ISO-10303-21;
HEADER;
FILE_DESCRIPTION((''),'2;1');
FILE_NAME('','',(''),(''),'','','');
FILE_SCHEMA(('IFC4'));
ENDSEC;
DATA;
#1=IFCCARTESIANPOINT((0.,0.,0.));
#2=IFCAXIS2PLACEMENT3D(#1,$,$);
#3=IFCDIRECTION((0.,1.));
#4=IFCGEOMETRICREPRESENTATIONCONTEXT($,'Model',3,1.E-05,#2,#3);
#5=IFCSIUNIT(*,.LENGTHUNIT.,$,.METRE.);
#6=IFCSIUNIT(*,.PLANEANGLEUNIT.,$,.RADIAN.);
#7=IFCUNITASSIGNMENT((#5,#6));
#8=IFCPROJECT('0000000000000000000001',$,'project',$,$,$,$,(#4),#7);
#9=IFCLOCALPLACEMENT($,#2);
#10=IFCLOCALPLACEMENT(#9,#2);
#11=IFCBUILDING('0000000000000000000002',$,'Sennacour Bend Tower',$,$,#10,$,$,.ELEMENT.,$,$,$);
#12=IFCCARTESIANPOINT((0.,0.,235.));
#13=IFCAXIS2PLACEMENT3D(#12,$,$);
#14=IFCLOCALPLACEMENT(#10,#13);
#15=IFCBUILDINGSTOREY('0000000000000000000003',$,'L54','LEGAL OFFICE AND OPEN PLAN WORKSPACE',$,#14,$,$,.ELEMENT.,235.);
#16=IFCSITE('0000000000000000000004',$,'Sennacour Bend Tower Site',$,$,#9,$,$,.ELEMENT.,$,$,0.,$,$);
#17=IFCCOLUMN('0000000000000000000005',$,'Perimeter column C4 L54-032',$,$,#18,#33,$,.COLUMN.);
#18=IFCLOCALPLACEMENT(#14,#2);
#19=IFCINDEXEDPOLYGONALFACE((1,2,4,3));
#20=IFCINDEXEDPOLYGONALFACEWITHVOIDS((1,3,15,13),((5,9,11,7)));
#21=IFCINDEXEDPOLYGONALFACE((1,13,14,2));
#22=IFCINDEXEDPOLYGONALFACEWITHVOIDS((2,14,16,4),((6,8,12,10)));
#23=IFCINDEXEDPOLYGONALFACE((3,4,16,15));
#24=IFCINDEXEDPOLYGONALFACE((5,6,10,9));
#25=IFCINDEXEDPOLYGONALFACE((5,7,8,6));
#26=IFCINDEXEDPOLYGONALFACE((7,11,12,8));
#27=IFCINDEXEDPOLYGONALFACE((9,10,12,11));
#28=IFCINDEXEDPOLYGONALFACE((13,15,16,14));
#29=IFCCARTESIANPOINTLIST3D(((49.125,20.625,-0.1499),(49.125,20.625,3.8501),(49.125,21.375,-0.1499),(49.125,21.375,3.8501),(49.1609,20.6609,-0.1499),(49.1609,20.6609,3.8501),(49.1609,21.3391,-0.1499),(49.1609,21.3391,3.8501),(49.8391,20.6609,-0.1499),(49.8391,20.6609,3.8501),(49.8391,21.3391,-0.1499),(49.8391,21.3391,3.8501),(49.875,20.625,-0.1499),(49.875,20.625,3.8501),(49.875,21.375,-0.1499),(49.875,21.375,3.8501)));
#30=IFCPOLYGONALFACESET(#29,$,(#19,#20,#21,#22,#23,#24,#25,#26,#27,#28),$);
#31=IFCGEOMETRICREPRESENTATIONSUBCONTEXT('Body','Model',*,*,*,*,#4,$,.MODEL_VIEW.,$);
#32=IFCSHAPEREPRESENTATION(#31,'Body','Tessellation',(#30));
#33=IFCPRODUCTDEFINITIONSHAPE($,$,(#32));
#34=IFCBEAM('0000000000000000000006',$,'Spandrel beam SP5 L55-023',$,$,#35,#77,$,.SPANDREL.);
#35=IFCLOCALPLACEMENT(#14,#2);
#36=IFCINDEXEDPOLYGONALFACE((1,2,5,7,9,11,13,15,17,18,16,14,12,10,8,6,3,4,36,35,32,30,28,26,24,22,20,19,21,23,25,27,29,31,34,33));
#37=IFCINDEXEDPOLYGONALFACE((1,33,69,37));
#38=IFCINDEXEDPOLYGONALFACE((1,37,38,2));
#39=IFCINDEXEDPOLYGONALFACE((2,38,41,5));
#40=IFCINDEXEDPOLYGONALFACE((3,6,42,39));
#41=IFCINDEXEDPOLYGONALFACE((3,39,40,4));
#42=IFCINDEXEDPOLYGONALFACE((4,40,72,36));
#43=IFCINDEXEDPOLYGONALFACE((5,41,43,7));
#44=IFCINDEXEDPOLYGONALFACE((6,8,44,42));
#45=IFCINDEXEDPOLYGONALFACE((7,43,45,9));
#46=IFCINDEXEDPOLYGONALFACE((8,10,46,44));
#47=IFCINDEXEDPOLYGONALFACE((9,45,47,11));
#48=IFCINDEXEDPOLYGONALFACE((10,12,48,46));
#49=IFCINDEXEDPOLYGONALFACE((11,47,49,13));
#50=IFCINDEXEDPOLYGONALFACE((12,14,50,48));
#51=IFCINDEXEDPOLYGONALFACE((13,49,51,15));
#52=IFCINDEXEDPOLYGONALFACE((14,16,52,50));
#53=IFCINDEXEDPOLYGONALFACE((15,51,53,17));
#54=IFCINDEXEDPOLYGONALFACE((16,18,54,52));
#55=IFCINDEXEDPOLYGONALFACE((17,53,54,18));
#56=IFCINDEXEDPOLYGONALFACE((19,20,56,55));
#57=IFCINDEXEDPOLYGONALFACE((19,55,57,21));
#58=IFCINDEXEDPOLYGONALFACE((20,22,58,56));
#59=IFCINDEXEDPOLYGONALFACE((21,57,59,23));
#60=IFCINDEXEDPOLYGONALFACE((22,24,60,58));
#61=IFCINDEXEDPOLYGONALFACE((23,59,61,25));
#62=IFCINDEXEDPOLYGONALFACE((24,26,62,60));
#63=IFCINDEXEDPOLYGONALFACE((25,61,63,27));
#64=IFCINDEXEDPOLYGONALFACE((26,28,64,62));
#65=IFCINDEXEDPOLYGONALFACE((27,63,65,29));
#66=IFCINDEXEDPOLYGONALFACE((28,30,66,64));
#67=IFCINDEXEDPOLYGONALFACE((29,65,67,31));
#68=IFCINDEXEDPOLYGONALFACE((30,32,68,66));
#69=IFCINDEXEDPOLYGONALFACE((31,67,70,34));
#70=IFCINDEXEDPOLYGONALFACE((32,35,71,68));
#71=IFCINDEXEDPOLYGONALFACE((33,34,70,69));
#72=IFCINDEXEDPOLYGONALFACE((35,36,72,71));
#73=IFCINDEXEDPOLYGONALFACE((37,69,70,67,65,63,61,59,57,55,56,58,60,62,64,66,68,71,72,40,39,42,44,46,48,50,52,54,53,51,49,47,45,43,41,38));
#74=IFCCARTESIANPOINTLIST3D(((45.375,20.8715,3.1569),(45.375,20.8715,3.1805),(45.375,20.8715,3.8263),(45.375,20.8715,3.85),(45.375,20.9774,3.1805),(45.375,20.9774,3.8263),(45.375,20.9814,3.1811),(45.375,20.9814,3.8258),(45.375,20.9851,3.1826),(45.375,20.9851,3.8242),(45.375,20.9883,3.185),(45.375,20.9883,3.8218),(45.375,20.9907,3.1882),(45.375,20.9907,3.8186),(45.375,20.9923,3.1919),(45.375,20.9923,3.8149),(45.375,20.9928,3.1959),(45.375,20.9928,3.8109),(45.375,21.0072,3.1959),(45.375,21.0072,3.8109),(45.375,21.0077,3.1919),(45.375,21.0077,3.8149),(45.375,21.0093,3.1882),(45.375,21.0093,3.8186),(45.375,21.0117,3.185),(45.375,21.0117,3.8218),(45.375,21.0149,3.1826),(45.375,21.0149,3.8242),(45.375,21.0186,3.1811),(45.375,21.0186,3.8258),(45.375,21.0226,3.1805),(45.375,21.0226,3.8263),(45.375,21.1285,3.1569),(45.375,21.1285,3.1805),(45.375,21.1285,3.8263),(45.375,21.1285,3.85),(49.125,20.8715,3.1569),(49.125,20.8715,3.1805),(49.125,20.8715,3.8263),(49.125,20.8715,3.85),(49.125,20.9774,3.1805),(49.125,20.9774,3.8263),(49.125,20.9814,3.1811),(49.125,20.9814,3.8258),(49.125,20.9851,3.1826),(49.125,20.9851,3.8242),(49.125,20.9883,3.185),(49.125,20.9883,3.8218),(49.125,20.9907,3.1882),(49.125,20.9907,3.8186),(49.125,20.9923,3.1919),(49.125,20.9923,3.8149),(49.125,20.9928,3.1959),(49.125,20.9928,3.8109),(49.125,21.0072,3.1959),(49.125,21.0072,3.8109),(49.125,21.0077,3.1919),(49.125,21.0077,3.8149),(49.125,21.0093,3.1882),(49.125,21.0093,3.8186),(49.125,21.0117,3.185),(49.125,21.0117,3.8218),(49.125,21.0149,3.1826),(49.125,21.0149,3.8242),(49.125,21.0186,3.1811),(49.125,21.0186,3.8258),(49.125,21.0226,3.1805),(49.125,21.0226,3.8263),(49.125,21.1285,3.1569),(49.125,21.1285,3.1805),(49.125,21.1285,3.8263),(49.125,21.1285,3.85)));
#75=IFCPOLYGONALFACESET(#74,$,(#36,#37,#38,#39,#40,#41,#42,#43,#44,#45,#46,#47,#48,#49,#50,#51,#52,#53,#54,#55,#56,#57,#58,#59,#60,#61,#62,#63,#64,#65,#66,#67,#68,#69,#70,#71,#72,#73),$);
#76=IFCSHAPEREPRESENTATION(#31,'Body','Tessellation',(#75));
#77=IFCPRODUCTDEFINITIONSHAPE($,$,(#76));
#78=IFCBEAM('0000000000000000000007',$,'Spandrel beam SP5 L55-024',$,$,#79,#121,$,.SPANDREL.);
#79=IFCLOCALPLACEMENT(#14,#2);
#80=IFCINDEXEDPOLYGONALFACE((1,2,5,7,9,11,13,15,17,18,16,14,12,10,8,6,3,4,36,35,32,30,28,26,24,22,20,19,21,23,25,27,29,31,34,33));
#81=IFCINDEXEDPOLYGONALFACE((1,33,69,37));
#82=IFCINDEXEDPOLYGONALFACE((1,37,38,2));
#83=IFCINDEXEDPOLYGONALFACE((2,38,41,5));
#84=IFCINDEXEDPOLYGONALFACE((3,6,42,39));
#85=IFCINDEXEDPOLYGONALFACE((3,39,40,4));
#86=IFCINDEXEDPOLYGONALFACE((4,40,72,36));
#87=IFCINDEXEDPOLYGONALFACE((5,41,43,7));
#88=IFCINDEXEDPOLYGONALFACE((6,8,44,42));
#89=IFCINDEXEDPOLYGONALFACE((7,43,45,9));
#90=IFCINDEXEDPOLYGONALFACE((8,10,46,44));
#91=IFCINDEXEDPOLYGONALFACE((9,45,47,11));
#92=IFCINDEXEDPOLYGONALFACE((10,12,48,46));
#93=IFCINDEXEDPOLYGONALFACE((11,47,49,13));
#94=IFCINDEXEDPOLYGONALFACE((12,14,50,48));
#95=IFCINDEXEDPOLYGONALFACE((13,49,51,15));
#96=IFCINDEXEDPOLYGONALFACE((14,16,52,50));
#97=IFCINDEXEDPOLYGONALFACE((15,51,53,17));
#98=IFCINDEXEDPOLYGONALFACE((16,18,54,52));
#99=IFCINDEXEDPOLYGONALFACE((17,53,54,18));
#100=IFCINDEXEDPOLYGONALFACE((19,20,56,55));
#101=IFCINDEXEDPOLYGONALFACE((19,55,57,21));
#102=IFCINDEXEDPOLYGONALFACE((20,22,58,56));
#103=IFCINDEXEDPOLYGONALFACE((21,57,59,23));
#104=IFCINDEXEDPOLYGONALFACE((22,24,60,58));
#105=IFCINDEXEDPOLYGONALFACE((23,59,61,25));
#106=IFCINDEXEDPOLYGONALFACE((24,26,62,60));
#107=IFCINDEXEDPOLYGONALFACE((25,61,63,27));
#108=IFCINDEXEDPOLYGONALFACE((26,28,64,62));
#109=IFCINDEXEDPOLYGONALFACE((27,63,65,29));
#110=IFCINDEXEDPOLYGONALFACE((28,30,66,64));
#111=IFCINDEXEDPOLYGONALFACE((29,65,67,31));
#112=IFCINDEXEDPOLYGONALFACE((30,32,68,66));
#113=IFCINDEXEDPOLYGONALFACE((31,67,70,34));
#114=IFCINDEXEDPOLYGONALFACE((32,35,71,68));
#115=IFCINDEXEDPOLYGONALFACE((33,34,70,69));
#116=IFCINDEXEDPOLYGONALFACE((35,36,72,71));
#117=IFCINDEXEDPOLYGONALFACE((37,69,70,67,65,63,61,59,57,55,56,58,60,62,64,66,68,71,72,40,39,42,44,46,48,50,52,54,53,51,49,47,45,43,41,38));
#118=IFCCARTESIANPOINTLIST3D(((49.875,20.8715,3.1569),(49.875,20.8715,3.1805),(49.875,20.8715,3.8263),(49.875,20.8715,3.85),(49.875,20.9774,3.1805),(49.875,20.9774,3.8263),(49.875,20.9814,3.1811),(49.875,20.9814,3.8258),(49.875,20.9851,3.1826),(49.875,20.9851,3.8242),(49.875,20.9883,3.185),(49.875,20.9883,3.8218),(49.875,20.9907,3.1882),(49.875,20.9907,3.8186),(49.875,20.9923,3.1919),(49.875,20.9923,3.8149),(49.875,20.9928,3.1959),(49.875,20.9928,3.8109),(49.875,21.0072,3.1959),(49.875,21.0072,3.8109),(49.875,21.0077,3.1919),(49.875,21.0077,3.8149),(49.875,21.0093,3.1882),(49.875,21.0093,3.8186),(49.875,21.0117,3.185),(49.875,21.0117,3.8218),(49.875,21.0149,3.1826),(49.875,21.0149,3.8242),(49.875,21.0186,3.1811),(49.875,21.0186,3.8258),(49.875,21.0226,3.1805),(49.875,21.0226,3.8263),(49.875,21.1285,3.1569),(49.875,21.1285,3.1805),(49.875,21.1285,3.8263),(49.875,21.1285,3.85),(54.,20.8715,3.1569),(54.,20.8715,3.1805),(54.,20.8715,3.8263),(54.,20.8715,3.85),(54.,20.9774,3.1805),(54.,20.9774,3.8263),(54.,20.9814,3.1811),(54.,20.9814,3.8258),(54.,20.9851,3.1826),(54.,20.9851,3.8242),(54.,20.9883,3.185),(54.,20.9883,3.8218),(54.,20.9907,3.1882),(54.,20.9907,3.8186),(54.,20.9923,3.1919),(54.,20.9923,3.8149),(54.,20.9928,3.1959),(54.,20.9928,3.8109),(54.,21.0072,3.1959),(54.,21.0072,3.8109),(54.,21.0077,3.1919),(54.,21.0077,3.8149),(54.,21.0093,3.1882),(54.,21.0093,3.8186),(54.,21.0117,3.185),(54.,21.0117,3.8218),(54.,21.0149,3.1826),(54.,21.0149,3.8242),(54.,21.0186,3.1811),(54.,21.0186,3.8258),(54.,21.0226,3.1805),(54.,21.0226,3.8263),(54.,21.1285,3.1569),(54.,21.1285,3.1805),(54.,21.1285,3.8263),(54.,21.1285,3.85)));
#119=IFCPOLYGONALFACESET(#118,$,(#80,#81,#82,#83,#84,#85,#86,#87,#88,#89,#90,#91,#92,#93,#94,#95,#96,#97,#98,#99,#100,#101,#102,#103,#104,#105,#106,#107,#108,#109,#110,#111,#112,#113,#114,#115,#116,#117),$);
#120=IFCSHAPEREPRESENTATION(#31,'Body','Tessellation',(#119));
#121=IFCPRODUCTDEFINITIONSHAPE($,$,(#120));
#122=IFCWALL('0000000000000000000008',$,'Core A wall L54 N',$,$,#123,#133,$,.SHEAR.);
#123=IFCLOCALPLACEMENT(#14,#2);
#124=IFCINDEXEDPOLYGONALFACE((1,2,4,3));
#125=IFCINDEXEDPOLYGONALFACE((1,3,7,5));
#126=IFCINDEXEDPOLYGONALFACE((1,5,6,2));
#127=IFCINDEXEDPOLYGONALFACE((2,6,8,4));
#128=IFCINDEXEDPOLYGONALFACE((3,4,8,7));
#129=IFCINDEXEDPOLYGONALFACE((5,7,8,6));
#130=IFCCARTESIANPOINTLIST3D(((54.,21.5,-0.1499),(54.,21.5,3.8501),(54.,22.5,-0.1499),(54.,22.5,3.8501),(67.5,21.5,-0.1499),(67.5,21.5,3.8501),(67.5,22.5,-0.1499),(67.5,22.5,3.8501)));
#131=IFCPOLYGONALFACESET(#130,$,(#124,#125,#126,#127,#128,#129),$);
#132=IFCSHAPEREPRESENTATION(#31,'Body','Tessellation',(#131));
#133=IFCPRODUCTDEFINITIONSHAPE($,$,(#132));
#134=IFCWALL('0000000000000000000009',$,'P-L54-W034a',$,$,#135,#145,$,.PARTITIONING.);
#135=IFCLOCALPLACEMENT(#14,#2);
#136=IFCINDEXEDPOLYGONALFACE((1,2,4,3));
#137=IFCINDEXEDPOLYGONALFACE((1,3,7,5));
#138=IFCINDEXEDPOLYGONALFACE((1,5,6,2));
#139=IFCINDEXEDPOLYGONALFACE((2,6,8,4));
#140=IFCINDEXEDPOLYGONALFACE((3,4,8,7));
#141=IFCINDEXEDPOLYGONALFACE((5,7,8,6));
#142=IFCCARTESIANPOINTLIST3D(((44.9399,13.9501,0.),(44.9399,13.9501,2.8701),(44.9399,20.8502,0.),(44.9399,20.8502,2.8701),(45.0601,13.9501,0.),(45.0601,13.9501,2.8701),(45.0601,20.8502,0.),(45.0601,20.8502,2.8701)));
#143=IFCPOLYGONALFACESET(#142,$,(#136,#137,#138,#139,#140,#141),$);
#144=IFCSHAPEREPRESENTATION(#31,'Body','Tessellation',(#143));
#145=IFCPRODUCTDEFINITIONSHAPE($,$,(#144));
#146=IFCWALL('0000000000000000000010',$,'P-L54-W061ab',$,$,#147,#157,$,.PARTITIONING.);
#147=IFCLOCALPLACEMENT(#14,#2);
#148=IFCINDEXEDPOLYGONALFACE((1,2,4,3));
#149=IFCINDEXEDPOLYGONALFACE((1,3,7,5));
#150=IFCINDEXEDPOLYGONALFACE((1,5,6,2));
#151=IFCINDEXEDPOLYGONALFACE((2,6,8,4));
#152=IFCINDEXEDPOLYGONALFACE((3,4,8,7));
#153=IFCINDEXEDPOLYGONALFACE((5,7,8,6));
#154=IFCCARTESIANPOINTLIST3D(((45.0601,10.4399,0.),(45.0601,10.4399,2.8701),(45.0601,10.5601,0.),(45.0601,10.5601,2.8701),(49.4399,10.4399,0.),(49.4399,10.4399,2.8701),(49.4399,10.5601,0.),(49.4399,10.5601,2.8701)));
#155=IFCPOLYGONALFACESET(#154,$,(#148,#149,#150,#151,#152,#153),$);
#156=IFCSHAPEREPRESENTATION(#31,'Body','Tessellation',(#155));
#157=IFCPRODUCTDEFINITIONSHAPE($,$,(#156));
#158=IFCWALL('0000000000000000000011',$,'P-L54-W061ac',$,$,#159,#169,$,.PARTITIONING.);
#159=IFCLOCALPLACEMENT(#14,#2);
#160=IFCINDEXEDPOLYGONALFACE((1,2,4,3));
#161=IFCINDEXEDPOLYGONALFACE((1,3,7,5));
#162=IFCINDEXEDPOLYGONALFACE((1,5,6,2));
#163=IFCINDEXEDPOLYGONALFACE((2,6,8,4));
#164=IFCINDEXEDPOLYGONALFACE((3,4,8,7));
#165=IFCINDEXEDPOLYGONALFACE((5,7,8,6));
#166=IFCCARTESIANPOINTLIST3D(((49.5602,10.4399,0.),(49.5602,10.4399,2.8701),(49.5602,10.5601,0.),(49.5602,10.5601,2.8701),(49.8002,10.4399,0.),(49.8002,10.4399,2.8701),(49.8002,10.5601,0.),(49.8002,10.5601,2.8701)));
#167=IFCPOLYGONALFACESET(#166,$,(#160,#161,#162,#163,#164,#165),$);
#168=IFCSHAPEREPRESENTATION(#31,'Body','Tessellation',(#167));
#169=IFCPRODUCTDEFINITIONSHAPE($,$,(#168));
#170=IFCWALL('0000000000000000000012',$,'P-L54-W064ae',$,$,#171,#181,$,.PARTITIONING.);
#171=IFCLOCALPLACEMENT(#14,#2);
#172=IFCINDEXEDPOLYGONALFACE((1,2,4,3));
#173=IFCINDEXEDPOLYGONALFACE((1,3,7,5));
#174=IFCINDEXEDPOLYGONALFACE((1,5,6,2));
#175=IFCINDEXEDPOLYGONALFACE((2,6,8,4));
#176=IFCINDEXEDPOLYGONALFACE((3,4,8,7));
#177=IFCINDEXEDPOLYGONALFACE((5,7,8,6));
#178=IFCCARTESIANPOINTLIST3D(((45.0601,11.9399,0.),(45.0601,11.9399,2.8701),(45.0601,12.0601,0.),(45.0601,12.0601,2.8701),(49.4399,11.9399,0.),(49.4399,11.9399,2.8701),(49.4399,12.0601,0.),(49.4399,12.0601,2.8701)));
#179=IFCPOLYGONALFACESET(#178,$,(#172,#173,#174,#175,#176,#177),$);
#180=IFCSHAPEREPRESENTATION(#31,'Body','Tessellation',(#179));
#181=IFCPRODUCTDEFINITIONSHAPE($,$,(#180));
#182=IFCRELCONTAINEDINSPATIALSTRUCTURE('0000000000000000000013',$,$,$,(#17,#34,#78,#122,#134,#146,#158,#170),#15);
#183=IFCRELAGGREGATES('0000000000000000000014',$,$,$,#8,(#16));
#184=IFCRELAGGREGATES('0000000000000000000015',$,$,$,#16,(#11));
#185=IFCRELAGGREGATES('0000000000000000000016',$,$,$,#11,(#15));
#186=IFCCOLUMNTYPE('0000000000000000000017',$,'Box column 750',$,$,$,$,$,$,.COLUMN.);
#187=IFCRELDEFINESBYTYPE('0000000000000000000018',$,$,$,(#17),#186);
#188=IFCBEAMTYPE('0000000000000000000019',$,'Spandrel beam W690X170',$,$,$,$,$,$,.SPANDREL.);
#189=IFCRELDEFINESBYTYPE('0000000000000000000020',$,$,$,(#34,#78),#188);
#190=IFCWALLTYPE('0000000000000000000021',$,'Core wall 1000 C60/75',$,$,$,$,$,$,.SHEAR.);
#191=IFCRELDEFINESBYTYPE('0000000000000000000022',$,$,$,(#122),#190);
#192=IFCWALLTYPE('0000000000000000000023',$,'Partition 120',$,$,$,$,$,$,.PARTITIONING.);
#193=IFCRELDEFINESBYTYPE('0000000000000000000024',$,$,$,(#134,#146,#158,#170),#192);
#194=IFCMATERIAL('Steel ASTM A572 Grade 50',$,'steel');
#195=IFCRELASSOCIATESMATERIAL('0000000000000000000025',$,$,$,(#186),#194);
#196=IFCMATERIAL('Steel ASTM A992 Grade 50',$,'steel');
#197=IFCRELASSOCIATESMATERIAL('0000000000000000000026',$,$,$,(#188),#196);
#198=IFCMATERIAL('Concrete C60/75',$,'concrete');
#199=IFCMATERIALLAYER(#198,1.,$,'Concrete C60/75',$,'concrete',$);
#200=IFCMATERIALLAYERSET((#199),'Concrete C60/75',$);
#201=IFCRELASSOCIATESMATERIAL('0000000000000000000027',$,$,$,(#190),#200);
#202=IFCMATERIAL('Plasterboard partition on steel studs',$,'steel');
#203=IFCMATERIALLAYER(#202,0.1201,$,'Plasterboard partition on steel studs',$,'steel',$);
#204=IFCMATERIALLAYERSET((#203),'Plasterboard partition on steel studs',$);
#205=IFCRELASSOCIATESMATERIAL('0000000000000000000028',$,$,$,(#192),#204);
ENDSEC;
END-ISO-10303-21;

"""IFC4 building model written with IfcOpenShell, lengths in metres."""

from ifc_helpers import new_model, si_unit, direction, frame, frame_2d, origin, origin_2d, place, context, subcontext, project, spatial, rectangle, hollow_rectangle, i_section, extrude, material, layer, layer_set, material_profile, profile_set, type_object, element, save


model = new_model("IFC4")

# Units and contexts
model_context = context("Model", 3, precision=1e-05, world=origin(), true_north=direction((0.0, 1.0)))
body_context = subcontext(model_context, "Body", "Model", "MODEL_VIEW")
ifc_project = project(units=[si_unit("LENGTHUNIT", "METRE"), si_unit("PLANEANGLEUNIT", "RADIAN")], contexts=[model_context])

# Site, building, storey
site_placement = place(None, origin())
site = spatial("IfcSite", under=ifc_project, at=site_placement, Name="Sennacour Bend Tower Site", CompositionType="ELEMENT", RefElevation=0.0)
building_placement = place(site_placement, origin())
building = spatial("IfcBuilding", under=site, at=building_placement, Name="Sennacour Bend Tower", CompositionType="ELEMENT")
storey_placement = place(building_placement, frame((0.0, 0.0, 235.0)))
storey = spatial("IfcBuildingStorey", under=building, at=storey_placement, Name="L54", Description="LEGAL OFFICE AND OPEN PLAN WORKSPACE", CompositionType="ELEMENT", Elevation=235.0)

# Column
ifc_material_1 = material(Name="Steel ASTM A572 Grade 50", Category="steel")
ifc_material_profile_1 = material_profile(ifc_material_1, hollow_rectangle(XDim=0.75, YDim=0.75, WallThickness=0.0359, at=origin_2d()), Name="Steel ASTM A572 Grade 50", Category="steel")
ifc_profile_set_1 = profile_set([ifc_material_profile_1], Name="Steel ASTM A572 Grade 50")
column_type = type_object("IfcColumnType", Name="Box column 750", PredefinedType="COLUMN", material=ifc_profile_set_1)
column_placement = place(storey_placement, frame((49.5, 21.0, -0.1499), z_axis=(0.0, 0.0, 1.0), x_axis=(1.0, 0.0, 0.0)))
element("IfcColumn", 1, at=column_placement, inside=storey, type_object=column_type, Name="Perimeter column C4 L54-032", PredefinedType="COLUMN", context=body_context, shape_type="SweptSolid", body=[
    extrude(hollow_rectangle(XDim=0.75, YDim=0.75, WallThickness=0.0359, at=origin_2d()), origin(), (0.0, 0.0, 1.0), 4.0),
])

# Beams
ifc_material_2 = material(Name="Steel ASTM A992 Grade 50", Category="steel")
ifc_material_profile_2 = material_profile(ifc_material_2, i_section(OverallWidth=0.2571, OverallDepth=0.6931, WebThickness=0.0144, FlangeThickness=0.0237, FilletRadius=0.0154, at=origin_2d()), Name="Steel ASTM A992 Grade 50", Category="steel")
ifc_profile_set_2 = profile_set([ifc_material_profile_2], Name="Steel ASTM A992 Grade 50")
beam_type = type_object("IfcBeamType", Name="Spandrel beam W690X170", PredefinedType="SPANDREL", material=ifc_profile_set_2)
beam_1_placement = place(storey_placement, frame((45.375, 21.0, 3.5034), z_axis=(1.0, 0.0, 0.0), x_axis=(0.0, 1.0, 0.0)))
element("IfcBeam", 2, at=beam_1_placement, inside=storey, type_object=beam_type, Name="Spandrel beam SP5 L55-023", PredefinedType="SPANDREL", context=body_context, shape_type="SweptSolid", body=[
    extrude(i_section(OverallWidth=0.2571, OverallDepth=0.6931, WebThickness=0.0144, FlangeThickness=0.0237, FilletRadius=0.0154, at=origin_2d()), origin(), (0.0, 0.0, 1.0), 3.75),
])
beam_2_placement = place(storey_placement, frame((49.875, 21.0, 3.5034), z_axis=(1.0, 0.0, 0.0), x_axis=(0.0, 1.0, 0.0)))
element("IfcBeam", 3, at=beam_2_placement, inside=storey, type_object=beam_type, Name="Spandrel beam SP5 L55-024", PredefinedType="SPANDREL", context=body_context, shape_type="SweptSolid", body=[
    extrude(i_section(OverallWidth=0.2571, OverallDepth=0.6931, WebThickness=0.0144, FlangeThickness=0.0237, FilletRadius=0.0154, at=origin_2d()), origin(), (0.0, 0.0, 1.0), 4.125),
])

# Walls
ifc_material_3 = material(Name="Concrete C60/75", Category="concrete")
ifc_layer_1 = layer(ifc_material_3, 1.0, Name="Concrete C60/75", Category="concrete")
ifc_layer_set_1 = layer_set([ifc_layer_1], Name="Concrete C60/75")
wall_type_1 = type_object("IfcWallType", Name="Core wall 1000 C60/75", PredefinedType="SHEAR", material=ifc_layer_set_1)
wall_1_placement = place(storey_placement, frame((54.0, 22.0, -0.1499), z_axis=(0.0, 0.0, 1.0), x_axis=(1.0, 0.0, 0.0)))
element("IfcWall", 4, at=wall_1_placement, inside=storey, type_object=wall_type_1, Name="Core A wall L54 N", PredefinedType="SHEAR", context=body_context, shape_type="SweptSolid", body=[
    extrude(rectangle(XDim=13.5, YDim=1.0, at=frame_2d((6.75, 0.0))), origin(), (0.0, 0.0, 1.0), 4.0),
])
ifc_material_4 = material(Name="Plasterboard partition on steel studs", Category="steel")
ifc_layer_2 = layer(ifc_material_4, 0.1201, Name="Plasterboard partition on steel studs", Category="steel")
ifc_layer_set_2 = layer_set([ifc_layer_2], Name="Plasterboard partition on steel studs")
wall_type_2 = type_object("IfcWallType", Name="Partition 120", PredefinedType="PARTITIONING", material=ifc_layer_set_2)
wall_2_placement = place(storey_placement, frame((45.0, 13.95, 0.0), z_axis=(0.0, 0.0, 1.0), x_axis=(0.0, 1.0, 0.0)))
element("IfcWall", 5, at=wall_2_placement, inside=storey, type_object=wall_type_2, Name="P-L54-W034a", PredefinedType="PARTITIONING", context=body_context, shape_type="SweptSolid", body=[
    extrude(rectangle(XDim=6.9001, YDim=0.1201, at=frame_2d((3.4502, 0.0))), origin(), (0.0, 0.0, 1.0), 2.8701),
])
wall_3_placement = place(storey_placement, frame((45.0601, 10.5, 0.0), z_axis=(0.0, 0.0, 1.0), x_axis=(1.0, 0.0, 0.0)))
element("IfcWall", 6, at=wall_3_placement, inside=storey, type_object=wall_type_2, Name="P-L54-W061ab", PredefinedType="PARTITIONING", context=body_context, shape_type="SweptSolid", body=[
    extrude(rectangle(XDim=4.3799, YDim=0.1201, at=frame_2d((2.1899, 0.0))), origin(), (0.0, 0.0, 1.0), 2.8701),
])
wall_4_placement = place(storey_placement, frame((49.5601, 10.5, 0.0), z_axis=(0.0, 0.0, 1.0), x_axis=(1.0, 0.0, 0.0)))
element("IfcWall", 7, at=wall_4_placement, inside=storey, type_object=wall_type_2, Name="P-L54-W061ac", PredefinedType="PARTITIONING", context=body_context, shape_type="SweptSolid", body=[
    extrude(rectangle(XDim=0.24, YDim=0.1201, at=frame_2d((0.1201, 0.0))), origin(), (0.0, 0.0, 1.0), 2.8701),
])
wall_5_placement = place(storey_placement, frame((45.0601, 12.0, 0.0), z_axis=(0.0, 0.0, 1.0), x_axis=(1.0, 0.0, 0.0)))
element("IfcWall", 8, at=wall_5_placement, inside=storey, type_object=wall_type_2, Name="P-L54-W064ae", PredefinedType="PARTITIONING", context=body_context, shape_type="SweptSolid", body=[
    extrude(rectangle(XDim=4.3799, YDim=0.1201, at=frame_2d((2.1899, 0.0))), origin(), (0.0, 0.0, 1.0), 2.8701),
])

save(model, "model.ifc")
